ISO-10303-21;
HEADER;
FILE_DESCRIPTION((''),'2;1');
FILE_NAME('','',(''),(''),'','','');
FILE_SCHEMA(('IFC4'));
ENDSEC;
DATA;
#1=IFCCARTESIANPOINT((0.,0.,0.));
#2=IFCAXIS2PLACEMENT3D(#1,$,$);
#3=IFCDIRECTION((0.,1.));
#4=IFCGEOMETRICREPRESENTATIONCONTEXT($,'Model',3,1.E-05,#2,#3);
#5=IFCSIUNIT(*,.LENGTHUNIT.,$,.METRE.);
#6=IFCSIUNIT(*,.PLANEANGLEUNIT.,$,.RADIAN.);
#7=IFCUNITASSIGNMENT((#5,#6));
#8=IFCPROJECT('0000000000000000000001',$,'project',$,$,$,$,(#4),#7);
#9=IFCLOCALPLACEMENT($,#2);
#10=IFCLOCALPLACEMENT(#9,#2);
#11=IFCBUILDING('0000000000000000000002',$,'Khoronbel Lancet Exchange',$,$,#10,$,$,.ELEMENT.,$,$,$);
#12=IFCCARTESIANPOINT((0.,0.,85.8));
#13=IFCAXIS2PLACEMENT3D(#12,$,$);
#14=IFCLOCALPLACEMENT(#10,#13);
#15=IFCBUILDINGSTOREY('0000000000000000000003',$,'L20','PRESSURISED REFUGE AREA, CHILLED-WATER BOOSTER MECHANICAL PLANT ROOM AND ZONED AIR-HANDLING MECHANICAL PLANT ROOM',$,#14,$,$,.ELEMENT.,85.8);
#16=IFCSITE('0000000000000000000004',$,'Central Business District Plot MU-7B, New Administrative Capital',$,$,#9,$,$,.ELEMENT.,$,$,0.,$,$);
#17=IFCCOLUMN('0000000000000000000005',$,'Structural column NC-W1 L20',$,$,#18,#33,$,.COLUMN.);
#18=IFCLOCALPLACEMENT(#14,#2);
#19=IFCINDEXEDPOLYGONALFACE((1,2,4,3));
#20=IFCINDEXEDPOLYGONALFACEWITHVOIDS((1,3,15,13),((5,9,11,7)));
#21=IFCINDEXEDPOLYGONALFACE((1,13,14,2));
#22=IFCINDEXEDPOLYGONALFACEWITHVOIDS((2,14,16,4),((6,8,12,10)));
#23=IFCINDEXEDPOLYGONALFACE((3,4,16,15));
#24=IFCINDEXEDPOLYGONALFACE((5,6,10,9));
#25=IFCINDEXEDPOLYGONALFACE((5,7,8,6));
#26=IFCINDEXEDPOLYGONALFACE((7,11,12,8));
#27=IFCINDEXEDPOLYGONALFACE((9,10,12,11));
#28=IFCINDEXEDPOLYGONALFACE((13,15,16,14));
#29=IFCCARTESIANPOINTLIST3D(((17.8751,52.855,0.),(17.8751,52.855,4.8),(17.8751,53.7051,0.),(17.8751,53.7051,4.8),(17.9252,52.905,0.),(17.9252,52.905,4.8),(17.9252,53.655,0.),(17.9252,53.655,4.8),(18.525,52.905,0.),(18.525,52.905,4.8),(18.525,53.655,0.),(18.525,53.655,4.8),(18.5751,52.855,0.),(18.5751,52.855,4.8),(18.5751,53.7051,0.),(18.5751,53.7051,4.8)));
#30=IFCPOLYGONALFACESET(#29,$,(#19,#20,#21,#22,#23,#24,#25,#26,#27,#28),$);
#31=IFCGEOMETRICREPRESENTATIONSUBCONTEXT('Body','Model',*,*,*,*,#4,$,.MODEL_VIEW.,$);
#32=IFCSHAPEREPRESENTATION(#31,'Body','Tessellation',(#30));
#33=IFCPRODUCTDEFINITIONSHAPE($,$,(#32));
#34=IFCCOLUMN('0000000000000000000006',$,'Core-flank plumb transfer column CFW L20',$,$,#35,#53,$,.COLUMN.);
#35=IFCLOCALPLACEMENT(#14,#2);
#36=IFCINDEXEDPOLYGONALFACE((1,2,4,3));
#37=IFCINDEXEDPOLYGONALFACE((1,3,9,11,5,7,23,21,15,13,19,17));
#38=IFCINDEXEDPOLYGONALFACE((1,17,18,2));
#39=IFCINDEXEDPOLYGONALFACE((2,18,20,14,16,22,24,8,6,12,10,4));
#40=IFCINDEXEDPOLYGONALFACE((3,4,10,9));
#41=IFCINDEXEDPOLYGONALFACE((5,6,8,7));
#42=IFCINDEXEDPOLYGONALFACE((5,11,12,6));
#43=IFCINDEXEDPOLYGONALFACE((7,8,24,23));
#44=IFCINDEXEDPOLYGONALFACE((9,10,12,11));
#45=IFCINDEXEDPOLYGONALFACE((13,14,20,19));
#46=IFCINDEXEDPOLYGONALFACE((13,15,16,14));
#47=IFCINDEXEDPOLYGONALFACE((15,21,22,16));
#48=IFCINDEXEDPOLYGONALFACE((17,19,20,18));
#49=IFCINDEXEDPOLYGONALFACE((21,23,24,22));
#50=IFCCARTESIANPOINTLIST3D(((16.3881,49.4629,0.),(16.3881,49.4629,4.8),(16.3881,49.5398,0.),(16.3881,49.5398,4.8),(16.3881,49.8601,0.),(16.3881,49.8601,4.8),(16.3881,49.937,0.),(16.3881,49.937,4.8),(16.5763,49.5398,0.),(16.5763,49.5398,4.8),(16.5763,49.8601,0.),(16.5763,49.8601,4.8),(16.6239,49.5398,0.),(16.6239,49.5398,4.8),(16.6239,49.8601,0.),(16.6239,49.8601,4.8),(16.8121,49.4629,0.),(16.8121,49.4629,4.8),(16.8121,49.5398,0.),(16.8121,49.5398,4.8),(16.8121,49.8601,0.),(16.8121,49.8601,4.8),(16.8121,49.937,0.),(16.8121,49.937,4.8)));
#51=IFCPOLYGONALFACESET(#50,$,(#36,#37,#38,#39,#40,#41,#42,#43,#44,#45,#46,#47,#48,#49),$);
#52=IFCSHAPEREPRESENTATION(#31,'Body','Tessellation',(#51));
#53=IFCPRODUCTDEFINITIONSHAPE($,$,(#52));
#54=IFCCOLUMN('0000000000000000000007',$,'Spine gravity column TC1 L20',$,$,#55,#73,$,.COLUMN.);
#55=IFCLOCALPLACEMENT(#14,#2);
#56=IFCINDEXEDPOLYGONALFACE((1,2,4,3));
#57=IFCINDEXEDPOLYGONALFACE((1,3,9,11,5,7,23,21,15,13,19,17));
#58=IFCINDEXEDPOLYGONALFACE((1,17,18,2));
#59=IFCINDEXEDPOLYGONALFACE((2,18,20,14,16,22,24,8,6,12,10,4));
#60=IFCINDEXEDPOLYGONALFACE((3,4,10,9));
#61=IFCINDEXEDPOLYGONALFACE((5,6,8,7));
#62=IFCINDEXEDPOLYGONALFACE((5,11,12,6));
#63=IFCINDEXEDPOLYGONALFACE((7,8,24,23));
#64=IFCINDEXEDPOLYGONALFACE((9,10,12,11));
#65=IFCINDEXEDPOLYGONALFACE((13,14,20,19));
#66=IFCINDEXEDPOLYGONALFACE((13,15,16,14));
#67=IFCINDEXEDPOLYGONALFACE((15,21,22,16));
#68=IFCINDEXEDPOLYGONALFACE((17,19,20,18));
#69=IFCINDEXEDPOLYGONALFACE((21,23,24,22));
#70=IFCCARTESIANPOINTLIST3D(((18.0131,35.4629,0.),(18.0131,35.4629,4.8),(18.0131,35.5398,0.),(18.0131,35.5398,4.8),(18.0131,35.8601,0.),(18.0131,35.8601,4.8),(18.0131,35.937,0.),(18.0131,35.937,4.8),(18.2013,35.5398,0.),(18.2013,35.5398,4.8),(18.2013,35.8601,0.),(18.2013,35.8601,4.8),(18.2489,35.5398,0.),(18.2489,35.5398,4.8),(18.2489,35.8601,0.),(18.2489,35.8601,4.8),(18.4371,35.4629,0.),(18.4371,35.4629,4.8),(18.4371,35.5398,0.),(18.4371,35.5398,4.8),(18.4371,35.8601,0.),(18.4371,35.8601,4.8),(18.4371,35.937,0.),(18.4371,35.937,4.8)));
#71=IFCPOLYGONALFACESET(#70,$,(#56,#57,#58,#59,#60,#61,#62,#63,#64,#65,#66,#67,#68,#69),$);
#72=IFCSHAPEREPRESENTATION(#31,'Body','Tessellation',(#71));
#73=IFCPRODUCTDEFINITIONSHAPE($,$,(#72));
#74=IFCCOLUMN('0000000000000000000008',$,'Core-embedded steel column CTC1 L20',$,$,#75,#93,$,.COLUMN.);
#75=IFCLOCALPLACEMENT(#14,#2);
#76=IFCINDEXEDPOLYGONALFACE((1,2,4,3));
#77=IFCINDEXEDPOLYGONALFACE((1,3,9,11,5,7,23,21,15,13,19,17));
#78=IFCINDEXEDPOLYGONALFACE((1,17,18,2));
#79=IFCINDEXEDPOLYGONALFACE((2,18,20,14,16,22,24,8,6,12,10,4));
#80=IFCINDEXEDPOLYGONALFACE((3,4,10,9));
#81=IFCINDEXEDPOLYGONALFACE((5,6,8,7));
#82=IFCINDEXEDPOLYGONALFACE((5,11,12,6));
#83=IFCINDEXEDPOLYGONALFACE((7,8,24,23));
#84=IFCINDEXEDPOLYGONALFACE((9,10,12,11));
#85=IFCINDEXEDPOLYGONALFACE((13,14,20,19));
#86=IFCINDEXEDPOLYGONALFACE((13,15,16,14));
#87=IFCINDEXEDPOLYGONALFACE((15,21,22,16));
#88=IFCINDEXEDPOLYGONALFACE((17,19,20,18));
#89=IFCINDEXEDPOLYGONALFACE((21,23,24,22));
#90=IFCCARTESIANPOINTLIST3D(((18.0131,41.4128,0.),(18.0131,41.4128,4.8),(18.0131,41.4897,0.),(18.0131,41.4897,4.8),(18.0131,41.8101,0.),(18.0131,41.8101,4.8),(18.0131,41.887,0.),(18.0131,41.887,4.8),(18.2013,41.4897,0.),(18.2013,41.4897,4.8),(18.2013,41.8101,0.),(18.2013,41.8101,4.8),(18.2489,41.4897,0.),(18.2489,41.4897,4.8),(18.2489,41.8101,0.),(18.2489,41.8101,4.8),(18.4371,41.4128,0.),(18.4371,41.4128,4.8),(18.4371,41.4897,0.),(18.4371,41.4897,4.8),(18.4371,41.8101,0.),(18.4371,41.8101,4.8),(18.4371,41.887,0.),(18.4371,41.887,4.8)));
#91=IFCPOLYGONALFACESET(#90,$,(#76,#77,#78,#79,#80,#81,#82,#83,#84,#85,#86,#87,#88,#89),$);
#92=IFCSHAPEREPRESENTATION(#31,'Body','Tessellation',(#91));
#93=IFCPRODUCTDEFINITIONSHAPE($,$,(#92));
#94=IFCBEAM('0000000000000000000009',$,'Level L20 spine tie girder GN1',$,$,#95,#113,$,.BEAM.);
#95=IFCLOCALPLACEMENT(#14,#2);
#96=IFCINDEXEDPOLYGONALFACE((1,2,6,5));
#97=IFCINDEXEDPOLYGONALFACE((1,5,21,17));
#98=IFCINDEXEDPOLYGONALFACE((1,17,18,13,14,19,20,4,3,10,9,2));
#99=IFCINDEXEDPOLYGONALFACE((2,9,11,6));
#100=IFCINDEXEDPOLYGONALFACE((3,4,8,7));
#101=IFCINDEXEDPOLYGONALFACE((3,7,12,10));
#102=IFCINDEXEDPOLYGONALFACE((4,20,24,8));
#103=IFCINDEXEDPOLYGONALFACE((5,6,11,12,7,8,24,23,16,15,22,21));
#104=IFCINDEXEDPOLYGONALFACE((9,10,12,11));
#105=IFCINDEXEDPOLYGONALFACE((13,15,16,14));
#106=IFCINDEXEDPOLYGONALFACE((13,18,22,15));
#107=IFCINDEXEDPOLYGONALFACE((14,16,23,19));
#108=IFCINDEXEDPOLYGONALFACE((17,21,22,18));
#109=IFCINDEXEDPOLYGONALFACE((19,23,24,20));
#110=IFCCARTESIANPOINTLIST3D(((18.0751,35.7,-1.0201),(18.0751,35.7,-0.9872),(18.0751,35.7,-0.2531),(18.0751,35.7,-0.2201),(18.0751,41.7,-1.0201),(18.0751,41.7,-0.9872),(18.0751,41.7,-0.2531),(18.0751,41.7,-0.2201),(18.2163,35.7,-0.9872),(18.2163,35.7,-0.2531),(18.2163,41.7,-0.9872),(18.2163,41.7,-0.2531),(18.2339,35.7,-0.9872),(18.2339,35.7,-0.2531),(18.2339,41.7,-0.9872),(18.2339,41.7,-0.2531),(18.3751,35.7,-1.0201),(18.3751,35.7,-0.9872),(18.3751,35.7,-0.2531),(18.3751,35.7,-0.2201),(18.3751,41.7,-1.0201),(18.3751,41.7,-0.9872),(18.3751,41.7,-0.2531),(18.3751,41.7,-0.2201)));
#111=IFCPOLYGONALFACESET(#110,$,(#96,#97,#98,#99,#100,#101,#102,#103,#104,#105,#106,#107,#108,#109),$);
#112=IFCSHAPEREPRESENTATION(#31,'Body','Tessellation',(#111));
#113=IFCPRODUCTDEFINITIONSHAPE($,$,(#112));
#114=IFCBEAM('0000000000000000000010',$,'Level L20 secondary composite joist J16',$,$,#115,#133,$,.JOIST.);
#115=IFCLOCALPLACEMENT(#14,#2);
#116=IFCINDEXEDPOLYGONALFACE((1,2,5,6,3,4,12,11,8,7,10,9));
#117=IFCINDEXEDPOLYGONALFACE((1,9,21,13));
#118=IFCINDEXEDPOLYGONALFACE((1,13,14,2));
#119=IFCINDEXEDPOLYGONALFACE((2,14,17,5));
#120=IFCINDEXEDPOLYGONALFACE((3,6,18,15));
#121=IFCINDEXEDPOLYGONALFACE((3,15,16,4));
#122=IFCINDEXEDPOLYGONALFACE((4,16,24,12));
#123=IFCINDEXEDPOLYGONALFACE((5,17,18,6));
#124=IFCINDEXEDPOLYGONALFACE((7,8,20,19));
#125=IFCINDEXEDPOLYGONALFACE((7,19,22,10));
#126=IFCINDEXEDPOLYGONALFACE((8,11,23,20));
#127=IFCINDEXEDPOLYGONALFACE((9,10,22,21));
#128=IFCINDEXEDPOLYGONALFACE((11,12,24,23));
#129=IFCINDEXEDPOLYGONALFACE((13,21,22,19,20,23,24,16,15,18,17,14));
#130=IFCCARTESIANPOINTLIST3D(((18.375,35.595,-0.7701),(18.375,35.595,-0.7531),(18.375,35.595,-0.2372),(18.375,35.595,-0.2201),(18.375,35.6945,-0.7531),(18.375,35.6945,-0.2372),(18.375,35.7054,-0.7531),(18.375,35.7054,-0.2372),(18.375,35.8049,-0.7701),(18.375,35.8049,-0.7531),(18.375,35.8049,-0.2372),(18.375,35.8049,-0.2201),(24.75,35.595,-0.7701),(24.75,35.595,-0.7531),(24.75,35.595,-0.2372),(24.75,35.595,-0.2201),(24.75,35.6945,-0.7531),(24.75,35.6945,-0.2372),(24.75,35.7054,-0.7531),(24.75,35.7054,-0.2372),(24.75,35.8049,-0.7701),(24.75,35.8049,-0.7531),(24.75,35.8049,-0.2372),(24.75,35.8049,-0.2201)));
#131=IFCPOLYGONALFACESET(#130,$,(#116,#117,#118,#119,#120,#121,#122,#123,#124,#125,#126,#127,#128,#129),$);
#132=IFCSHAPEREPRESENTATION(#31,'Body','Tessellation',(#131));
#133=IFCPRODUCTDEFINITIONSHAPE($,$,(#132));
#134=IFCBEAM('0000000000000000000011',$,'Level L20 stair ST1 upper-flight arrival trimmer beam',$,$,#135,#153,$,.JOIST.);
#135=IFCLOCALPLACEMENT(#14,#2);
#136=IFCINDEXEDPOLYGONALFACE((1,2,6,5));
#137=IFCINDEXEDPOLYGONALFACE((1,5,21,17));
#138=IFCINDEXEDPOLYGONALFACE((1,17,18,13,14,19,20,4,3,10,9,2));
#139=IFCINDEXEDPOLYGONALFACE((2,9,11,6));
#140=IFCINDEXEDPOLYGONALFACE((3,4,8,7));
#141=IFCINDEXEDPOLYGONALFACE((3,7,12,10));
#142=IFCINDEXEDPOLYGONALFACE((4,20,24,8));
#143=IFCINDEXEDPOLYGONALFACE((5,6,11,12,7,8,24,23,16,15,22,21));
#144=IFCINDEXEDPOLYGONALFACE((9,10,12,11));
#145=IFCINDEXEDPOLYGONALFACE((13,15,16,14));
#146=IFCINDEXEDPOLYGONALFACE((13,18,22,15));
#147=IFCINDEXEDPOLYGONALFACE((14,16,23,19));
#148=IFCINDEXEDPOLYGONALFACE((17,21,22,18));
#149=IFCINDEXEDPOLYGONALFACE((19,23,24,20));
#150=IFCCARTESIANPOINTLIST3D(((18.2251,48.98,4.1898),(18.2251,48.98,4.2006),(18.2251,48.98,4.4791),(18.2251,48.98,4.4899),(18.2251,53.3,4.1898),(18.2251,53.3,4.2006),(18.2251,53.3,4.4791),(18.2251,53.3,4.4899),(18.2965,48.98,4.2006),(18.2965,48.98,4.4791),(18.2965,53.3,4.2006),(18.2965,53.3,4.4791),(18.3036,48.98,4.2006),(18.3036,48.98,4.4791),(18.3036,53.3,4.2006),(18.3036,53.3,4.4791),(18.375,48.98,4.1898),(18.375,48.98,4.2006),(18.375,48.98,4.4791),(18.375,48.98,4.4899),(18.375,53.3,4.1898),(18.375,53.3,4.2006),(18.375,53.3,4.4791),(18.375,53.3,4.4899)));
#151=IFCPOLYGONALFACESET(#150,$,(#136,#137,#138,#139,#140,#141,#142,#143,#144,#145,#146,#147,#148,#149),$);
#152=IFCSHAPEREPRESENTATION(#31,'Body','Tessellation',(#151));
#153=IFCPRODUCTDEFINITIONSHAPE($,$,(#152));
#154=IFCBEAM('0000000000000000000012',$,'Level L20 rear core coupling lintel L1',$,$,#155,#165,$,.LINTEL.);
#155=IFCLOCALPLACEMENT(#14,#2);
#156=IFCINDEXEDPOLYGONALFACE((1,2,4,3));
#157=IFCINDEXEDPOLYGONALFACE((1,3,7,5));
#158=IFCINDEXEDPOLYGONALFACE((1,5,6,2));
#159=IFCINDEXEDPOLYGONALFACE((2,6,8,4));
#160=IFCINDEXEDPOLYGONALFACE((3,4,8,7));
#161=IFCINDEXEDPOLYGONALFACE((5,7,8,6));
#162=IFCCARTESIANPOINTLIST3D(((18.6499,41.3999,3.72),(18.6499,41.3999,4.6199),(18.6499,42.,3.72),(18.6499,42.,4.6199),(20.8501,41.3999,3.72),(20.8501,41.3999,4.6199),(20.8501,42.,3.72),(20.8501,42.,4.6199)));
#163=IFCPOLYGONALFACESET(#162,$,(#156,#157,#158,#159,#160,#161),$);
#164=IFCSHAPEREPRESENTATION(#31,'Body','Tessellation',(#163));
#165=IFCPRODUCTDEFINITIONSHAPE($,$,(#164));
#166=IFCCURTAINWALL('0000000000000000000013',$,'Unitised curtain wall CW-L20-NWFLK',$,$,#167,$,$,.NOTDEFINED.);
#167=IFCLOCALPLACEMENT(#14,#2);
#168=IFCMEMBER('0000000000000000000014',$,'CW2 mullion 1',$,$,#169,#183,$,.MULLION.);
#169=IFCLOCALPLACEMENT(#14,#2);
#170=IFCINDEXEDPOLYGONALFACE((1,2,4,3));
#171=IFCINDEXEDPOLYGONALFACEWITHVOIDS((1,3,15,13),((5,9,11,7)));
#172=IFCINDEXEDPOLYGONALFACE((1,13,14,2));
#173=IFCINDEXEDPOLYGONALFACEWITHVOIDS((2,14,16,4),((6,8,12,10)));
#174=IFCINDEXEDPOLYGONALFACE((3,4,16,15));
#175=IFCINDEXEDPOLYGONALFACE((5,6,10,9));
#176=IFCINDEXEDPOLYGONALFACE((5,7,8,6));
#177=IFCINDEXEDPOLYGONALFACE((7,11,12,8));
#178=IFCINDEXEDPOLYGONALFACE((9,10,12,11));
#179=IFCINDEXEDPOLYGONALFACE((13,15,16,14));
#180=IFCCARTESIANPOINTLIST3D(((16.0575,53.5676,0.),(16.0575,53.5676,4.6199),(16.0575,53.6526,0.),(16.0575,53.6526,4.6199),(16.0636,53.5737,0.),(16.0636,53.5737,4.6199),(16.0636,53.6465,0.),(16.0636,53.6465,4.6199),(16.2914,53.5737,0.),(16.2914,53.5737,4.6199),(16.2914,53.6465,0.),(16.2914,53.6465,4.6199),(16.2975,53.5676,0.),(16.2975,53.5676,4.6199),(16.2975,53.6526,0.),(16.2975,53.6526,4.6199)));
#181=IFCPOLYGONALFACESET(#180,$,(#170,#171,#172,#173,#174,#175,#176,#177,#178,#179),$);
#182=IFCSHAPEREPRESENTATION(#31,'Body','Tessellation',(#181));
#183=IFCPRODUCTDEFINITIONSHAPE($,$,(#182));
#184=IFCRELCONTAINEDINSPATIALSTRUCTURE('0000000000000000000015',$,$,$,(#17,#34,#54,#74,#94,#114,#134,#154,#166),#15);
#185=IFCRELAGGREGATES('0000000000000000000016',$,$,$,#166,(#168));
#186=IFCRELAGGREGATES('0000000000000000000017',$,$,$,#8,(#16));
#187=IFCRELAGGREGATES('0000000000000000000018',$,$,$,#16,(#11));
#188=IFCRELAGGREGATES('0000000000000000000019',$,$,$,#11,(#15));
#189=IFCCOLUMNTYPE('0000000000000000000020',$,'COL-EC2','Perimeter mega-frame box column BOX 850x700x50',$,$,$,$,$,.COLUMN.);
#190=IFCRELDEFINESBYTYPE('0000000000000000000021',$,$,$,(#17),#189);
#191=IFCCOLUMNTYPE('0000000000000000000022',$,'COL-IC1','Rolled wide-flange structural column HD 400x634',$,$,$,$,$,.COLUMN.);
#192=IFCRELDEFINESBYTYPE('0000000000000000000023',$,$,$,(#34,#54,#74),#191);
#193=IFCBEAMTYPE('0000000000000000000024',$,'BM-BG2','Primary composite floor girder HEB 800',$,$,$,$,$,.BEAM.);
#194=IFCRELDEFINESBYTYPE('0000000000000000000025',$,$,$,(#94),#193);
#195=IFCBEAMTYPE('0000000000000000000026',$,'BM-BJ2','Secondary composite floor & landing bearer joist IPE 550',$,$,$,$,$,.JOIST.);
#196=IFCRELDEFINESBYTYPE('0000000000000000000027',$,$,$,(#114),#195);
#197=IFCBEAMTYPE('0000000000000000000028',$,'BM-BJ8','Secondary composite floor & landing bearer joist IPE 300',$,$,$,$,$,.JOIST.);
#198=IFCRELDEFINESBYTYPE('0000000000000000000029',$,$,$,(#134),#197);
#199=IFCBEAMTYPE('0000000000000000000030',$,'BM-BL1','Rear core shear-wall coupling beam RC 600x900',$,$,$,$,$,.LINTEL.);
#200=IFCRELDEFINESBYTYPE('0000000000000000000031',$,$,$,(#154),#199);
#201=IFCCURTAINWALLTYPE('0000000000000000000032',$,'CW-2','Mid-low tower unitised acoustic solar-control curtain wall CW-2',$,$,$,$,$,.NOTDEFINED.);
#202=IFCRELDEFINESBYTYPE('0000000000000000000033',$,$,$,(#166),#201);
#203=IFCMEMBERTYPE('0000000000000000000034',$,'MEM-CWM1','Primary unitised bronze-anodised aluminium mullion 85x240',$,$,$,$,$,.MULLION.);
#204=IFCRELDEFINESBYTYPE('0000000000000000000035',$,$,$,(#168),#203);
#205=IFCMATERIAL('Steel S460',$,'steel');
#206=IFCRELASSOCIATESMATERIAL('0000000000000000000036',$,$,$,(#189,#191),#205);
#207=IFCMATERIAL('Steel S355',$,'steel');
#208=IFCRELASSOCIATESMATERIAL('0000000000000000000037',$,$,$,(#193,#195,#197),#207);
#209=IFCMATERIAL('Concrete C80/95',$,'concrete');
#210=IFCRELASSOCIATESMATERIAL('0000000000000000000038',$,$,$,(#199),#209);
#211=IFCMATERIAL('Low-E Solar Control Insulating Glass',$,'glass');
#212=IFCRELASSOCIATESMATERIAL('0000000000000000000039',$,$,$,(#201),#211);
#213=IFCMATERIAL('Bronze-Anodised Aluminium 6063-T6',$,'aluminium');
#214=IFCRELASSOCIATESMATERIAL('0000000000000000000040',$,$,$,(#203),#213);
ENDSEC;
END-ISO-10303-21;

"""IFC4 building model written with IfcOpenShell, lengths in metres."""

from ifc_helpers import new_model, si_unit, direction, frame, origin, origin_2d, place, context, subcontext, project, spatial, rectangle, hollow_rectangle, i_section, extrude, material, material_profile, profile_set, type_object, element, aggregate, save


model = new_model("IFC4")

# Units and contexts
model_context = context("Model", 3, precision=1e-05, world=origin(), true_north=direction((0.0, 1.0)))
body_context = subcontext(model_context, "Body", "Model", "MODEL_VIEW")
ifc_project = project(units=[si_unit("LENGTHUNIT", "METRE"), si_unit("PLANEANGLEUNIT", "RADIAN")], contexts=[model_context])

# Site, building, storey
site_placement = place(None, origin())
site = spatial("IfcSite", under=ifc_project, at=site_placement, Name="Central Business District Plot MU-7B, New Administrative Capital", CompositionType="ELEMENT", RefElevation=0.0)
building_placement = place(site_placement, origin())
building = spatial("IfcBuilding", under=site, at=building_placement, Name="Khoronbel Lancet Exchange", CompositionType="ELEMENT")
storey_placement = place(building_placement, frame((0.0, 0.0, 85.8)))
storey = spatial("IfcBuildingStorey", under=building, at=storey_placement, Name="L20", Description="PRESSURISED REFUGE AREA, CHILLED-WATER BOOSTER MECHANICAL PLANT ROOM AND ZONED AIR-HANDLING MECHANICAL PLANT ROOM", CompositionType="ELEMENT", Elevation=85.8)

# Columns
ifc_material_1 = material(Name="Steel S460", Category="steel")
ifc_material_profile_1 = material_profile(ifc_material_1, hollow_rectangle(XDim=0.7, YDim=0.8501, WallThickness=0.05, at=origin_2d()), Name="BOX 850x700x50")
ifc_profile_set_1 = profile_set([ifc_material_profile_1], Name="Steel S460")
column_type_1 = type_object("IfcColumnType", Name="COL-EC2", Description="Perimeter mega-frame box column BOX 850x700x50", PredefinedType="COLUMN", material=ifc_profile_set_1)
column_placement = place(storey_placement, frame((18.2251, 53.28, 0.0), z_axis=(0.0, 0.0, 1.0), x_axis=(1.0, 0.0, 0.0)))
element("IfcColumn", 1, at=column_placement, inside=storey, type_object=column_type_1, Name="Structural column NC-W1 L20", PredefinedType="COLUMN", context=body_context, shape_type="SweptSolid", body=[
    extrude(hollow_rectangle(XDim=0.7, YDim=0.8501, WallThickness=0.05, at=origin_2d()), origin(), (0.0, 0.0, 1.0), 4.8),
])
ifc_material_profile_2 = material_profile(ifc_material_1, i_section(OverallWidth=0.4241, OverallDepth=0.4741, WebThickness=0.0476, FlangeThickness=0.0769, at=origin_2d()), Name="HD 400x634")
ifc_profile_set_2 = profile_set([ifc_material_profile_2], Name="Steel S460")
column_type_2 = type_object("IfcColumnType", Name="COL-IC1", Description="Rolled wide-flange structural column HD 400x634", PredefinedType="COLUMN", material=ifc_profile_set_2)
for number, where, z_axis, x_axis, name in (
    (2, (16.6001, 49.7, 0.0), (0.0, 0.0, 1.0), (1.0, 0.0, 0.0), "Core-flank plumb transfer column CFW L20"),
    (3, (18.2251, 35.7, 0.0), (0.0, 0.0, 1.0), (1.0, 0.0, 0.0), "Spine gravity column TC1 L20"),
    (4, (18.2251, 41.6499, 0.0), (0.0, 0.0, 1.0), (1.0, 0.0, 0.0), "Core-embedded steel column CTC1 L20"),
):
    element("IfcColumn", number, at=place(storey_placement, frame(where, z_axis=z_axis, x_axis=x_axis)), inside=storey, type_object=column_type_2, Name=name, PredefinedType="COLUMN", context=body_context, shape_type="SweptSolid", body=[
        extrude(i_section(OverallWidth=0.4241, OverallDepth=0.4741, WebThickness=0.0476, FlangeThickness=0.0769, at=origin_2d()), origin(), (0.0, 0.0, 1.0), 4.8),
    ])

# Beams
ifc_material_2 = material(Name="Steel S355", Category="steel")
ifc_material_profile_3 = material_profile(ifc_material_2, i_section(OverallWidth=0.3, OverallDepth=0.8, WebThickness=0.0176, FlangeThickness=0.033, at=origin_2d()), Name="HEB 800")
ifc_profile_set_3 = profile_set([ifc_material_profile_3], Name="Steel S355")
beam_type_1 = type_object("IfcBeamType", Name="BM-BG2", Description="Primary composite floor girder HEB 800", PredefinedType="BEAM", material=ifc_profile_set_3)
beam_1_placement = place(storey_placement, frame((18.2251, 35.7, -0.6201), z_axis=(0.0, 1.0, 0.0), x_axis=(-1.0, 0.0, 0.0)))
element("IfcBeam", 5, at=beam_1_placement, inside=storey, type_object=beam_type_1, Name="Level L20 spine tie girder GN1", PredefinedType="BEAM", context=body_context, shape_type="SweptSolid", body=[
    extrude(i_section(OverallWidth=0.3, OverallDepth=0.8, WebThickness=0.0176, FlangeThickness=0.033, at=origin_2d()), origin(), (0.0, 0.0, 1.0), 6.0),
])
ifc_material_profile_4 = material_profile(ifc_material_2, i_section(OverallWidth=0.21, OverallDepth=0.55, WebThickness=0.011, FlangeThickness=0.0171, at=origin_2d()), Name="IPE 550")
ifc_profile_set_4 = profile_set([ifc_material_profile_4], Name="Steel S355")
beam_type_2 = type_object("IfcBeamType", Name="BM-BJ2", Description="Secondary composite floor & landing bearer joist IPE 550", PredefinedType="JOIST", material=ifc_profile_set_4)
beam_2_placement = place(storey_placement, frame((18.375, 35.7, -0.4951), z_axis=(1.0, 0.0, 0.0), x_axis=(0.0, 1.0, 0.0)))
element("IfcBeam", 6, at=beam_2_placement, inside=storey, type_object=beam_type_2, Name="Level L20 secondary composite joist J16", PredefinedType="JOIST", context=body_context, shape_type="SweptSolid", body=[
    extrude(i_section(OverallWidth=0.21, OverallDepth=0.55, WebThickness=0.011, FlangeThickness=0.0171, at=origin_2d()), origin(), (0.0, 0.0, 1.0), 6.375),
])
ifc_material_profile_5 = material_profile(ifc_material_2, i_section(OverallWidth=0.1499, OverallDepth=0.3, WebThickness=0.0071, FlangeThickness=0.0107, at=origin_2d()), Name="IPE 300")
ifc_profile_set_5 = profile_set([ifc_material_profile_5], Name="Steel S355")
beam_type_3 = type_object("IfcBeamType", Name="BM-BJ8", Description="Secondary composite floor & landing bearer joist IPE 300", PredefinedType="JOIST", material=ifc_profile_set_5)
beam_3_placement = place(storey_placement, frame((18.3, 48.98, 4.3398), z_axis=(0.0, 1.0, 0.0), x_axis=(-1.0, 0.0, 0.0)))
element("IfcBeam", 7, at=beam_3_placement, inside=storey, type_object=beam_type_3, Name="Level L20 stair ST1 upper-flight arrival trimmer beam", PredefinedType="JOIST", context=body_context, shape_type="SweptSolid", body=[
    extrude(i_section(OverallWidth=0.1499, OverallDepth=0.3, WebThickness=0.0071, FlangeThickness=0.0107, at=origin_2d()), origin(), (0.0, 0.0, 1.0), 4.3201),
])
ifc_material_3 = material(Name="Concrete C80/95", Category="concrete")
ifc_material_profile_6 = material_profile(ifc_material_3, rectangle(XDim=0.6001, YDim=0.8999, at=origin_2d()), Name="RC 600x900")
ifc_profile_set_6 = profile_set([ifc_material_profile_6], Name="Concrete C80/95")
beam_type_4 = type_object("IfcBeamType", Name="BM-BL1", Description="Rear core shear-wall coupling beam RC 600x900", PredefinedType="LINTEL", material=ifc_profile_set_6)
beam_4_placement = place(storey_placement, frame((18.6499, 41.7, 4.1699), z_axis=(1.0, 0.0, 0.0), x_axis=(0.0, 1.0, 0.0)))
element("IfcBeam", 8, at=beam_4_placement, inside=storey, type_object=beam_type_4, Name="Level L20 rear core coupling lintel L1", PredefinedType="LINTEL", context=body_context, shape_type="SweptSolid", body=[
    extrude(rectangle(XDim=0.6001, YDim=0.8999, at=origin_2d()), origin(), (0.0, 0.0, 1.0), 2.2002),
])

# Curtain wall, member
ifc_material_4 = material(Name="Low-E Solar Control Insulating Glass", Category="glass")
curtain_wall_type = type_object("IfcCurtainWallType", Name="CW-2", Description="Mid-low tower unitised acoustic solar-control curtain wall CW-2", PredefinedType="NOTDEFINED", material=ifc_material_4)
curtain_wall_placement = place(storey_placement, origin())
curtain_wall = element("IfcCurtainWall", 9, at=curtain_wall_placement, inside=storey, type_object=curtain_wall_type, Name="Unitised curtain wall CW-L20-NWFLK", PredefinedType="NOTDEFINED")
ifc_material_5 = material(Name="Bronze-Anodised Aluminium 6063-T6", Category="aluminium")
ifc_material_profile_7 = material_profile(ifc_material_5, hollow_rectangle(XDim=0.085, YDim=0.24, WallThickness=0.0061, at=origin_2d()), Name="ALU MULLION 85x240")
ifc_profile_set_7 = profile_set([ifc_material_profile_7], Name="Bronze-Anodised Aluminium 6063-T6")
member_type_1 = type_object("IfcMemberType", Name="MEM-CWM1", Description="Primary unitised bronze-anodised aluminium mullion 85x240", PredefinedType="MULLION", material=ifc_profile_set_7)
member_1_placement = place(storey_placement, frame((16.1775, 53.6101, 0.0), z_axis=(0.0, 0.0, 1.0), x_axis=(0.0, -1.0, 0.0)))
member_1 = element("IfcMember", 10, at=member_1_placement, type_object=member_type_1, Name="CW2 mullion 1", PredefinedType="MULLION", context=body_context, shape_type="SweptSolid", body=[
    extrude(hollow_rectangle(XDim=0.085, YDim=0.24, WallThickness=0.0061, at=origin_2d()), origin(), (0.0, 0.0, 1.0), 4.6199),
])
aggregate(curtain_wall, [member_1])

save(model, "model.ifc")
